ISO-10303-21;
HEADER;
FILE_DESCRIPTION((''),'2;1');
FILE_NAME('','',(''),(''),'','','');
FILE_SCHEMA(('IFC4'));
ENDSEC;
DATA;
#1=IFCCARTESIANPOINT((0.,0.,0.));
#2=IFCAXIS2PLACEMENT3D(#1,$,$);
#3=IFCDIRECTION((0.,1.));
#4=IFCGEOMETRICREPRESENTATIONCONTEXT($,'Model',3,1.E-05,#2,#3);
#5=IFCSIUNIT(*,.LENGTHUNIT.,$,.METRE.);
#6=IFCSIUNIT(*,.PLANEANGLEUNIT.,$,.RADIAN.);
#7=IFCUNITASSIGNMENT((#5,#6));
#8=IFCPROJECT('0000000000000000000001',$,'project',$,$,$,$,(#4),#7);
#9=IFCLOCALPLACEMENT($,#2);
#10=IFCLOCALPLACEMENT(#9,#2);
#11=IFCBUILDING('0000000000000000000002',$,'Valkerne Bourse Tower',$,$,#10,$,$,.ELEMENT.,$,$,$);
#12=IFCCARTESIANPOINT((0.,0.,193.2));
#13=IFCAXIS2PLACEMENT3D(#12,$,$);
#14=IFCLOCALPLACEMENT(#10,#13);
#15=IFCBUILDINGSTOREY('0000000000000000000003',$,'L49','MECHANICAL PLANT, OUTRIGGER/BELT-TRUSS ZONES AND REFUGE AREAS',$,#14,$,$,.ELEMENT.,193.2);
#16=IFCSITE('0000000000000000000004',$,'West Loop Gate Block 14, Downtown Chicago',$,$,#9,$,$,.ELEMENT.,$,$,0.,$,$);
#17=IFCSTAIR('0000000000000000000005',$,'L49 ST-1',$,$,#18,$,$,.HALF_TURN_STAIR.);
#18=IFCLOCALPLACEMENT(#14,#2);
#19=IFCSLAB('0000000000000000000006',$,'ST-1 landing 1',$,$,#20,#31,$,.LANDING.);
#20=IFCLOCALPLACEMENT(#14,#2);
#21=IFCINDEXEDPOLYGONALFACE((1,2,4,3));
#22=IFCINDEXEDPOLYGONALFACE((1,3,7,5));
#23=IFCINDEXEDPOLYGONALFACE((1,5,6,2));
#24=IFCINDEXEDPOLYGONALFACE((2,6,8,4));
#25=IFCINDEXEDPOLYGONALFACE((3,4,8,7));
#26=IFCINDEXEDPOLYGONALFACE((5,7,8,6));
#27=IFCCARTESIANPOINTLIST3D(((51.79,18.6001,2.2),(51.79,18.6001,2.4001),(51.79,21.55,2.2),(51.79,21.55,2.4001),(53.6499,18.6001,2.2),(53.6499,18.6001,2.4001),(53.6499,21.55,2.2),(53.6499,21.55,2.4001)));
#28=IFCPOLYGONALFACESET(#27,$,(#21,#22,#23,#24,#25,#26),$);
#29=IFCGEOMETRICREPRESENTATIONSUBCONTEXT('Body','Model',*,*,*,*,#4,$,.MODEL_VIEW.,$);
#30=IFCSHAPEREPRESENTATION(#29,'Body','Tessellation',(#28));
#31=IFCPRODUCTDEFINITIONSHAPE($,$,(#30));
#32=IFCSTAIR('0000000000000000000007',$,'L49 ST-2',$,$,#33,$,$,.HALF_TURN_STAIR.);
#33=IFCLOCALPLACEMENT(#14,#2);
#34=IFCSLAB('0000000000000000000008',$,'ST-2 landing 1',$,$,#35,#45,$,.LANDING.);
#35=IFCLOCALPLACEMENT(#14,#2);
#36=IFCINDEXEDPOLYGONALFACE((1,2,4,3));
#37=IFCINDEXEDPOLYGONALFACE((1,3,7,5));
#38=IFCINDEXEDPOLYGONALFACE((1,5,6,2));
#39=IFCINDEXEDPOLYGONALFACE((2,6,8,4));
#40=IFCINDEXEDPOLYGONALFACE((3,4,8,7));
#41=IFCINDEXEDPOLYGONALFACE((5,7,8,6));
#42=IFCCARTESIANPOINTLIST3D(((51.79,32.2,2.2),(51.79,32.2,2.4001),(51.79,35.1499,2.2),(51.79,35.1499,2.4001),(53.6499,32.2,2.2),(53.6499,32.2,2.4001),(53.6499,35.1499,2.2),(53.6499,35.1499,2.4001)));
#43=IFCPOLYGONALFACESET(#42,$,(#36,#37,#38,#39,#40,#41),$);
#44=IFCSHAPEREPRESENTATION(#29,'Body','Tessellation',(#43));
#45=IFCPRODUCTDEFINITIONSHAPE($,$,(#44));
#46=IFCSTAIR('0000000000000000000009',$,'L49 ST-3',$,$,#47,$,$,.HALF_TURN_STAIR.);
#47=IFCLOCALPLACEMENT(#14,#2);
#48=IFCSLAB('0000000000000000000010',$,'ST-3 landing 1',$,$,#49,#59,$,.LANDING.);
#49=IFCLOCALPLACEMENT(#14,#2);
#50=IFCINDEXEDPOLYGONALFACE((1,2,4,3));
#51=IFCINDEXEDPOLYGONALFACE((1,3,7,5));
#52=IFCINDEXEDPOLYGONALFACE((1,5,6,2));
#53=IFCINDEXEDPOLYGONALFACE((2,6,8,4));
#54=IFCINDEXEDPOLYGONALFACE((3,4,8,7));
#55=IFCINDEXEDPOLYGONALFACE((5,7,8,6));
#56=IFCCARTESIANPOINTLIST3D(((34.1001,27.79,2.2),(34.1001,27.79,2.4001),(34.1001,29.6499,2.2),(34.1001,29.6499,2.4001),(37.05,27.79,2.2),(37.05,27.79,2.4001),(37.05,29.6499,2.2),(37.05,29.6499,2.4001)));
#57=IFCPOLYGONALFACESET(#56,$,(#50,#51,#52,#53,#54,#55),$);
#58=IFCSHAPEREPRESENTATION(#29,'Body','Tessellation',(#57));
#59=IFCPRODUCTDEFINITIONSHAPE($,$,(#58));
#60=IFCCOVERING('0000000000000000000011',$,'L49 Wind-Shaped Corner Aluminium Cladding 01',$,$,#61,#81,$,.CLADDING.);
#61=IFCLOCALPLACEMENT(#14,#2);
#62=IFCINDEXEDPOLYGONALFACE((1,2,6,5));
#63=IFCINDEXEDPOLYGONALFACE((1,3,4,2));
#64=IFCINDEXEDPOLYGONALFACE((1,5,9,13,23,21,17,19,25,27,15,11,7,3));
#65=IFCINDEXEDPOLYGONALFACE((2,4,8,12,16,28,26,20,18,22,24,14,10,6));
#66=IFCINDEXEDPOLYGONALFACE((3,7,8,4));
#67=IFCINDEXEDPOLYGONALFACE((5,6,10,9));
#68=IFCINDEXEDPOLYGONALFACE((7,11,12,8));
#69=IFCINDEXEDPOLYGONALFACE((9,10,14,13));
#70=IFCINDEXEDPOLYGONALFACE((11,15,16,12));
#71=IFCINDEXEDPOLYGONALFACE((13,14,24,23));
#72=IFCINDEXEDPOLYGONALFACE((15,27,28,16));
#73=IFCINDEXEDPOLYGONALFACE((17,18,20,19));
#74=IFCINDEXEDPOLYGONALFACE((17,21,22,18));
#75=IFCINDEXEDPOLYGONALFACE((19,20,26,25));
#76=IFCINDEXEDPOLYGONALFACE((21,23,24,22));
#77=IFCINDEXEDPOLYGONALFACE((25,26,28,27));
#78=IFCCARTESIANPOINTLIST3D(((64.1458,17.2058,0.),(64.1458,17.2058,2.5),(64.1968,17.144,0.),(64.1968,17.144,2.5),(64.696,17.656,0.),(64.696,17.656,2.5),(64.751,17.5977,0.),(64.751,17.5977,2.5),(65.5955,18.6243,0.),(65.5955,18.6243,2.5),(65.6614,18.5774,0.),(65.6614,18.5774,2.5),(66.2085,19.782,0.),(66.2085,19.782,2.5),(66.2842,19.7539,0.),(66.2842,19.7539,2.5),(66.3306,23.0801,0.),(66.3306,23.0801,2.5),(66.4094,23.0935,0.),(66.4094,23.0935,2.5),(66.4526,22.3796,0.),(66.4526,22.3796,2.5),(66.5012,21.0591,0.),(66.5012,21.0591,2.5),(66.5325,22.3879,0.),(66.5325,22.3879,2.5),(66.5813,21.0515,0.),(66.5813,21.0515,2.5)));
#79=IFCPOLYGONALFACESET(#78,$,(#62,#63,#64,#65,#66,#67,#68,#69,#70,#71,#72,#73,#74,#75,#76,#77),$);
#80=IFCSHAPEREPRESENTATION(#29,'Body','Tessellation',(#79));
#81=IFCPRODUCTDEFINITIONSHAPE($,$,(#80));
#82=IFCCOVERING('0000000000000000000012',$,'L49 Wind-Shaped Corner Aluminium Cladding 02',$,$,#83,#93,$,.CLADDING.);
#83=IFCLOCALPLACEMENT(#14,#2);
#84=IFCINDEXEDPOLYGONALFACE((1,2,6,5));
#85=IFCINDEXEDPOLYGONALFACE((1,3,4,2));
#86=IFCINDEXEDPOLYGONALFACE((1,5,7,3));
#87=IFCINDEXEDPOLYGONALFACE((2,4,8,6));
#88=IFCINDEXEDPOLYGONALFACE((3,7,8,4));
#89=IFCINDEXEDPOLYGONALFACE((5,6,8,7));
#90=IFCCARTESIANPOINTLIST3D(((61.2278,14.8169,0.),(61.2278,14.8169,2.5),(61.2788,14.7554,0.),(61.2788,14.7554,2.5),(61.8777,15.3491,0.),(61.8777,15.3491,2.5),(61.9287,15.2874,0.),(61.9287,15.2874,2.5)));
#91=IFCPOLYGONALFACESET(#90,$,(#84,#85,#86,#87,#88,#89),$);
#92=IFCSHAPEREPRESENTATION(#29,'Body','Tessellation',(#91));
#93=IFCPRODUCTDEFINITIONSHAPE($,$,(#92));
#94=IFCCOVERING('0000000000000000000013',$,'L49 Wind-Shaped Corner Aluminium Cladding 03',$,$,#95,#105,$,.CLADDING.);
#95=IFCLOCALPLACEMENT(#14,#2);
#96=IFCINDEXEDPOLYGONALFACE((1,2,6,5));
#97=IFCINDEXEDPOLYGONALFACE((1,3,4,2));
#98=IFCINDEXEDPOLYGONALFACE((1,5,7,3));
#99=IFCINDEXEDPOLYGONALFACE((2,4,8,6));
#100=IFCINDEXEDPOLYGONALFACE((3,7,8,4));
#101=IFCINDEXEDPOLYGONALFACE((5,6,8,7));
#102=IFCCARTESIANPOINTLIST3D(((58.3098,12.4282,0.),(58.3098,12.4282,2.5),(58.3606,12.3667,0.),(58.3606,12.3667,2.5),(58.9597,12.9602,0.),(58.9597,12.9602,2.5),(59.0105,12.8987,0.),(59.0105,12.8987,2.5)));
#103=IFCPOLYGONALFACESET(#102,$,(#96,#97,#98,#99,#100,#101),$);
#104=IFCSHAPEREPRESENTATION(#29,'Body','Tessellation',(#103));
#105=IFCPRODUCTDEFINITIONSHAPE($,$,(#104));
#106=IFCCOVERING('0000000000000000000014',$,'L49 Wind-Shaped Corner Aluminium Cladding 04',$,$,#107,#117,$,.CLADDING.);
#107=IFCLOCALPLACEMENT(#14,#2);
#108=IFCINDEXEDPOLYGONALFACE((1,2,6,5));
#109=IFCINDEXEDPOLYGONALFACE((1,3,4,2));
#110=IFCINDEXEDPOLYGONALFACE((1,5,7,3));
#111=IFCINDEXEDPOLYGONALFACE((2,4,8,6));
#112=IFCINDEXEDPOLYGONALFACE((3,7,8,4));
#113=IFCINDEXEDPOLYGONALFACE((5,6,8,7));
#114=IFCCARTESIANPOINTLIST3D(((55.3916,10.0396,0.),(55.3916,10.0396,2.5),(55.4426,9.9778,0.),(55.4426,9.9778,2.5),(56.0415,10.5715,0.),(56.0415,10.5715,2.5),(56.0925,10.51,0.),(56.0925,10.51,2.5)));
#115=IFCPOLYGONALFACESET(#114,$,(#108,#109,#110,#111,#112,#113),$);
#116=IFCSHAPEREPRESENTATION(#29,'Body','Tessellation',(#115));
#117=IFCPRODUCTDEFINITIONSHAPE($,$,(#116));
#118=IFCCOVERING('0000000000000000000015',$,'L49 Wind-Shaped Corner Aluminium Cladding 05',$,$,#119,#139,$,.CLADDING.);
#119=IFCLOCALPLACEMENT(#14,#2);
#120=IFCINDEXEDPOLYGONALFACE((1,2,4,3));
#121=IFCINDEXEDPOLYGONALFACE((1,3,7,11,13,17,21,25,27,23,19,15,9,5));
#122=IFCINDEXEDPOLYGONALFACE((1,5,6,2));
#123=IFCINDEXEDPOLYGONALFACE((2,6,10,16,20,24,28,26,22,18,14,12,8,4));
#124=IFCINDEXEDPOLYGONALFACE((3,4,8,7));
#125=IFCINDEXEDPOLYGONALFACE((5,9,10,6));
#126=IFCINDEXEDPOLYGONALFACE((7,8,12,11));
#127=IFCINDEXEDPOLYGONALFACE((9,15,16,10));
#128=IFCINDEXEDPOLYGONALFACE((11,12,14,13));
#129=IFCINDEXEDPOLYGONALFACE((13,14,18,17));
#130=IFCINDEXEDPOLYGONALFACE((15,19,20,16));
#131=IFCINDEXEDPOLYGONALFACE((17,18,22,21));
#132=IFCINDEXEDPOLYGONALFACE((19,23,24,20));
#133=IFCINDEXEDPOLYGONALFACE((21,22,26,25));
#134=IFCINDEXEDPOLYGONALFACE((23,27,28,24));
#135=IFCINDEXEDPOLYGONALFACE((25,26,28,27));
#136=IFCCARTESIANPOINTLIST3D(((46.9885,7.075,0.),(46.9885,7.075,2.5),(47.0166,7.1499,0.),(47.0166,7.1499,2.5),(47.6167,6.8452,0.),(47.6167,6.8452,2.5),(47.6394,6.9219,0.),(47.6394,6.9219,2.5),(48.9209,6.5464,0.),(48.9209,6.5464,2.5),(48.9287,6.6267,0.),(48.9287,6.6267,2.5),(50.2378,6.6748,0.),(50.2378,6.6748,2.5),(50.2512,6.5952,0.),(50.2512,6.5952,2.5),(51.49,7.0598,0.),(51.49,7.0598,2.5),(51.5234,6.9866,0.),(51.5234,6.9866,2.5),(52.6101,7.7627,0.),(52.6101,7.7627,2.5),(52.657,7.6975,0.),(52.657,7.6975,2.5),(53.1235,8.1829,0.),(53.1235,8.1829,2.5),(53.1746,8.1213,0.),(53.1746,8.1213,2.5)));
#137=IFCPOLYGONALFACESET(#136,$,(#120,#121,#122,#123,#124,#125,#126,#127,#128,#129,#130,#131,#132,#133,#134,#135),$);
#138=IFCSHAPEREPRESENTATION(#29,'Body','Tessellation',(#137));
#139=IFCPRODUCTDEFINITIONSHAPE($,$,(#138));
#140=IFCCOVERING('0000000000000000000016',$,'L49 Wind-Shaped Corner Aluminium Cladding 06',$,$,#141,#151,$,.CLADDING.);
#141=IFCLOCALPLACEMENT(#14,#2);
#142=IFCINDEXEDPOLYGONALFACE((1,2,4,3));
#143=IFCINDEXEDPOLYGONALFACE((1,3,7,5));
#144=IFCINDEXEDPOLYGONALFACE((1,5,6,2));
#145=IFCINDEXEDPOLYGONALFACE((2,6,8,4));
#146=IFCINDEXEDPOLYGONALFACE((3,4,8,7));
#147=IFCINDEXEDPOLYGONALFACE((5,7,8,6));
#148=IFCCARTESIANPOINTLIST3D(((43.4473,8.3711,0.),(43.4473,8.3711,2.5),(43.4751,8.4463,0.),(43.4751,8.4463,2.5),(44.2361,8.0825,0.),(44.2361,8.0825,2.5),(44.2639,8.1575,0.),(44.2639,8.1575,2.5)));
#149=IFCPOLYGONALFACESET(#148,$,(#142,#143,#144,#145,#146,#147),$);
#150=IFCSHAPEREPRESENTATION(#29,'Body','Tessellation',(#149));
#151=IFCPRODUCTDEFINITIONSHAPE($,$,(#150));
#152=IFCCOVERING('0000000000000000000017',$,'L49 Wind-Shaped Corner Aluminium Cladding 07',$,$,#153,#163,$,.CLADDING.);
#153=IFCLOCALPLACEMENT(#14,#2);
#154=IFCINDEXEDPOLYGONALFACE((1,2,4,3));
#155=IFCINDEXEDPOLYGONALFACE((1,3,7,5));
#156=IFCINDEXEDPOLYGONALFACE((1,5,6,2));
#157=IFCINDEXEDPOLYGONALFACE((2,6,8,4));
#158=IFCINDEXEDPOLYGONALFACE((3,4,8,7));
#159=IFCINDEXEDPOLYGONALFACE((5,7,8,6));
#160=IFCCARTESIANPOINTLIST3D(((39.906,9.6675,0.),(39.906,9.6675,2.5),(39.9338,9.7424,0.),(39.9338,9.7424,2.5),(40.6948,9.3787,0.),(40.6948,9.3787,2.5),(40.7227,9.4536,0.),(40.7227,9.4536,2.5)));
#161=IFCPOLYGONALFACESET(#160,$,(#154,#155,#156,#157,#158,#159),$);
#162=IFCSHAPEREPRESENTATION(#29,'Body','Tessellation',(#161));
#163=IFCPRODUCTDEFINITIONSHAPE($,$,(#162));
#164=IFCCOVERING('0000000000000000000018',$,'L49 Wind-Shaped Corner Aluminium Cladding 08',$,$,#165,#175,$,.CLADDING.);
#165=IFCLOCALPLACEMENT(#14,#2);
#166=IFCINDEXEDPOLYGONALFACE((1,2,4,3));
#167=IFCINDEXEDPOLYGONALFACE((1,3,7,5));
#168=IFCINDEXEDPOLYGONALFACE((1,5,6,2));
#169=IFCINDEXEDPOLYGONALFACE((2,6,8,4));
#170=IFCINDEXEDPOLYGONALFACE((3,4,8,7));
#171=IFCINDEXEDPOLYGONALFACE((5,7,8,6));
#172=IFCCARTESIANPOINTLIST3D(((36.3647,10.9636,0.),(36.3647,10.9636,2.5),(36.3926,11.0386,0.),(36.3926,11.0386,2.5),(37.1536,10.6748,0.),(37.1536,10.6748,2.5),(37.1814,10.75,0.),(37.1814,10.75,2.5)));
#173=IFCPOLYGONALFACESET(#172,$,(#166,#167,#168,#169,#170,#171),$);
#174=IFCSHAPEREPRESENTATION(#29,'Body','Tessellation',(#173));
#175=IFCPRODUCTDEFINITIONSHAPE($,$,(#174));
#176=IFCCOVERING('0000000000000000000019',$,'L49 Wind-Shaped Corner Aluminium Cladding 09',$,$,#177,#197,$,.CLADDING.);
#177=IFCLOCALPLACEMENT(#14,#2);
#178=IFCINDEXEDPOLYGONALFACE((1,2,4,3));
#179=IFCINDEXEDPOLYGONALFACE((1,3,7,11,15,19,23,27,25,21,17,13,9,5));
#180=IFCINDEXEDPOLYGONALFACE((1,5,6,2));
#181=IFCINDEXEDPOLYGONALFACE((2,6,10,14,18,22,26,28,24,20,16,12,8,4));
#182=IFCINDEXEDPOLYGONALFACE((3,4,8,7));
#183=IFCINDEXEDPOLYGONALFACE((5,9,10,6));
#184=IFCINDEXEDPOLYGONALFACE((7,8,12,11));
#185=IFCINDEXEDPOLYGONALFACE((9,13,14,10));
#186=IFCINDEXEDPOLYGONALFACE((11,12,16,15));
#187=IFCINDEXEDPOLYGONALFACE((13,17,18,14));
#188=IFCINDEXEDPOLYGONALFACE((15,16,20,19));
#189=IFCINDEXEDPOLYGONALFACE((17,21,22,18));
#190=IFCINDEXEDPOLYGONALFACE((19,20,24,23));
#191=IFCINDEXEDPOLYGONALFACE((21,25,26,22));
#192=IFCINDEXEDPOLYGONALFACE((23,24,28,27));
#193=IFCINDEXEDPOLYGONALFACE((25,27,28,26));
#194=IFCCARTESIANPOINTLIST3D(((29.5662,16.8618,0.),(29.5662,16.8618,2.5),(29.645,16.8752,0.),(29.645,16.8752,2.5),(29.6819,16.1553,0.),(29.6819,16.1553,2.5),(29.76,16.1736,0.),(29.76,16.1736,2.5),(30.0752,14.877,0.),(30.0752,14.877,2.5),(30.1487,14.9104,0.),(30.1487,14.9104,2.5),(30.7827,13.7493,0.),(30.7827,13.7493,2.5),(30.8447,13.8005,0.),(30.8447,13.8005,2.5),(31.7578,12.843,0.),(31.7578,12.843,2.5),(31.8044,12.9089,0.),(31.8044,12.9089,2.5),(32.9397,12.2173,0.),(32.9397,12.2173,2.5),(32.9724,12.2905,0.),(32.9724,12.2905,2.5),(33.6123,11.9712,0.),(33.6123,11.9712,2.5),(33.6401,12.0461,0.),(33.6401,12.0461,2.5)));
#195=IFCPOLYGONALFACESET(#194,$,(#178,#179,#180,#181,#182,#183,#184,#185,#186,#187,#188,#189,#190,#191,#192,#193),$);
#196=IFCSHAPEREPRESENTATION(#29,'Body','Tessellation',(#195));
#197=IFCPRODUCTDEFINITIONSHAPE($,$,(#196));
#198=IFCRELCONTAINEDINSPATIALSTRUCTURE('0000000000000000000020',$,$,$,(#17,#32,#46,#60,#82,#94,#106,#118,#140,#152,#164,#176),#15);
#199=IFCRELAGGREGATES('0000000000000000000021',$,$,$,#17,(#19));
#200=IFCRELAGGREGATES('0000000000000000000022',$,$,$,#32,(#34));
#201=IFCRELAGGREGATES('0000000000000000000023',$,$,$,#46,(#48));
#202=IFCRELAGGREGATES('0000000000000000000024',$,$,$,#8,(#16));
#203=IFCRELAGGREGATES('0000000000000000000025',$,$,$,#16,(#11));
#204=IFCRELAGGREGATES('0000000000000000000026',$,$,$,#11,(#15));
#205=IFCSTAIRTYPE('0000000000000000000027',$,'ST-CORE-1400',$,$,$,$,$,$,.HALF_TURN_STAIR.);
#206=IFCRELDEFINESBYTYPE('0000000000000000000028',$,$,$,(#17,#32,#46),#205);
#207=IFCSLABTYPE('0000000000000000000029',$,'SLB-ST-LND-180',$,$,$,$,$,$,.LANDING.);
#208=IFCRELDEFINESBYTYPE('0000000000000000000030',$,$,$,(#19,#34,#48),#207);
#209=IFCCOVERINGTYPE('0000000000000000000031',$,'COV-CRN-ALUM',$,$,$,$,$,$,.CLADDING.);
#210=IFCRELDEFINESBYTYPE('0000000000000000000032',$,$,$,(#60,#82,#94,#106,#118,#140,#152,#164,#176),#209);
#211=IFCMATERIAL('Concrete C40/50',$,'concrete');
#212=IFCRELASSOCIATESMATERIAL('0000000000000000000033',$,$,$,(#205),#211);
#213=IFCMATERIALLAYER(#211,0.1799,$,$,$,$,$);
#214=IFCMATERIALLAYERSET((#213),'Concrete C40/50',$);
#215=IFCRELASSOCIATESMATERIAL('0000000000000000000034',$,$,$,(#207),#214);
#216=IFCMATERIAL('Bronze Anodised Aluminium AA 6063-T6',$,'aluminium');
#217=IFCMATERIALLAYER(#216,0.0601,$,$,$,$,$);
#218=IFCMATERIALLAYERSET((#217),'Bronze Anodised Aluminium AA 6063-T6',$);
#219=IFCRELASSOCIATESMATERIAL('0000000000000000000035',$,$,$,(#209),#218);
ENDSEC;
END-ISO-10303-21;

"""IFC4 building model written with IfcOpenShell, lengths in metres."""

from ifc_helpers import new_model, si_unit, direction, frame, origin, place, context, subcontext, project, spatial, polyline, outline, extrude, material, layer, layer_set, type_object, element, aggregate, save


model = new_model("IFC4")

# Units and contexts
model_context = context("Model", 3, precision=1e-05, world=origin(), true_north=direction((0.0, 1.0)))
body_context = subcontext(model_context, "Body", "Model", "MODEL_VIEW")
ifc_project = project(units=[si_unit("LENGTHUNIT", "METRE"), si_unit("PLANEANGLEUNIT", "RADIAN")], contexts=[model_context])

# Site, building, storey
site_placement = place(None, origin())
site = spatial("IfcSite", under=ifc_project, at=site_placement, Name="West Loop Gate Block 14, Downtown Chicago", CompositionType="ELEMENT", RefElevation=0.0)
building_placement = place(site_placement, origin())
building = spatial("IfcBuilding", under=site, at=building_placement, Name="Valkerne Bourse Tower", CompositionType="ELEMENT")
storey_placement = place(building_placement, frame((0.0, 0.0, 193.2)))
storey = spatial("IfcBuildingStorey", under=building, at=storey_placement, Name="L49", Description="MECHANICAL PLANT, OUTRIGGER/BELT-TRUSS ZONES AND REFUGE AREAS", CompositionType="ELEMENT", Elevation=193.2)

# Shared definitions
ifc_material_1 = material(Name="Concrete C40/50", Category="concrete")

# Stairs, slabs
stair_type = type_object("IfcStairType", Name="ST-CORE-1400", PredefinedType="HALF_TURN_STAIR", material=ifc_material_1)
stair_1_placement = place(storey_placement, origin())
stair_1 = element("IfcStair", 1, at=stair_1_placement, inside=storey, type_object=stair_type, Name="L49 ST-1", PredefinedType="HALF_TURN_STAIR")
ifc_layer_1 = layer(ifc_material_1, 0.1799)
ifc_layer_set_1 = layer_set([ifc_layer_1], Name="Concrete C40/50")
slab_type_1 = type_object("IfcSlabType", Name="SLB-ST-LND-180", PredefinedType="LANDING", material=ifc_layer_set_1)
slab_1_placement = place(storey_placement, frame((0.0, 0.0, 2.2)))
slab_1 = element("IfcSlab", 2, at=slab_1_placement, type_object=slab_type_1, Name="ST-1 landing 1", PredefinedType="LANDING", context=body_context, shape_type="SweptSolid", body=[
    extrude(outline(polyline([(51.79, 18.6001), (53.6499, 18.6001), (53.6499, 21.55), (51.79, 21.55), (51.79, 18.6001)])), origin(), (0.0, 0.0, 1.0), 0.2002),
])
aggregate(stair_1, [slab_1])
stair_2_placement = place(storey_placement, origin())
stair_2 = element("IfcStair", 3, at=stair_2_placement, inside=storey, type_object=stair_type, Name="L49 ST-2", PredefinedType="HALF_TURN_STAIR")
slab_2_placement = place(storey_placement, frame((0.0, 0.0, 2.2)))
slab_2 = element("IfcSlab", 4, at=slab_2_placement, type_object=slab_type_1, Name="ST-2 landing 1", PredefinedType="LANDING", context=body_context, shape_type="SweptSolid", body=[
    extrude(outline(polyline([(51.79, 32.2), (53.6499, 32.2), (53.6499, 35.1499), (51.79, 35.1499), (51.79, 32.2)])), origin(), (0.0, 0.0, 1.0), 0.2002),
])
aggregate(stair_2, [slab_2])
stair_3_placement = place(storey_placement, origin())
stair_3 = element("IfcStair", 5, at=stair_3_placement, inside=storey, type_object=stair_type, Name="L49 ST-3", PredefinedType="HALF_TURN_STAIR")
slab_3_placement = place(storey_placement, frame((0.0, 0.0, 2.2)))
slab_3 = element("IfcSlab", 6, at=slab_3_placement, type_object=slab_type_1, Name="ST-3 landing 1", PredefinedType="LANDING", context=body_context, shape_type="SweptSolid", body=[
    extrude(outline(polyline([(37.05, 27.79), (37.05, 29.6499), (34.1001, 29.6499), (34.1001, 27.79), (37.05, 27.79)])), origin(), (0.0, 0.0, 1.0), 0.2002),
])
aggregate(stair_3, [slab_3])

# Coverings
ifc_material_2 = material(Name="Bronze Anodised Aluminium AA 6063-T6", Category="aluminium")
ifc_layer_2 = layer(ifc_material_2, 0.0601)
ifc_layer_set_2 = layer_set([ifc_layer_2], Name="Bronze Anodised Aluminium AA 6063-T6")
covering_type_1 = type_object("IfcCoveringType", Name="COV-CRN-ALUM", PredefinedType="CLADDING", material=ifc_layer_set_2)
covering_1_placement = place(storey_placement, origin())
element("IfcCovering", 7, at=covering_1_placement, inside=storey, type_object=covering_type_1, Name="L49 Wind-Shaped Corner Aluminium Cladding 01", PredefinedType="CLADDING", context=body_context, shape_type="SweptSolid", body=[
    extrude(outline(polyline([(66.5813, 21.0515), (66.2842, 19.7539), (65.6614, 18.5774), (64.751, 17.5977), (64.1968, 17.144), (64.1458, 17.2058), (64.696, 17.656), (65.5955, 18.6243), (66.2085, 19.782), (66.5012, 21.0591), (66.4526, 22.3796), (66.3306, 23.0801), (66.4094, 23.0935), (66.5325, 22.3879), (66.5813, 21.0515)])), origin(), (0.0, 0.0, 1.0), 2.5),
])
covering_2_placement = place(storey_placement, origin())
element("IfcCovering", 8, at=covering_2_placement, inside=storey, type_object=covering_type_1, Name="L49 Wind-Shaped Corner Aluminium Cladding 02", PredefinedType="CLADDING", context=body_context, shape_type="SweptSolid", body=[
    extrude(outline(polyline([(61.2788, 14.7554), (61.2278, 14.8169), (61.8777, 15.3491), (61.9287, 15.2874), (61.2788, 14.7554)])), origin(), (0.0, 0.0, 1.0), 2.5),
])
covering_3_placement = place(storey_placement, origin())
element("IfcCovering", 9, at=covering_3_placement, inside=storey, type_object=covering_type_1, Name="L49 Wind-Shaped Corner Aluminium Cladding 03", PredefinedType="CLADDING", context=body_context, shape_type="SweptSolid", body=[
    extrude(outline(polyline([(58.3606, 12.3667), (58.3098, 12.4282), (58.9597, 12.9602), (59.0105, 12.8987), (58.3606, 12.3667)])), origin(), (0.0, 0.0, 1.0), 2.5),
])
covering_4_placement = place(storey_placement, origin())
element("IfcCovering", 10, at=covering_4_placement, inside=storey, type_object=covering_type_1, Name="L49 Wind-Shaped Corner Aluminium Cladding 04", PredefinedType="CLADDING", context=body_context, shape_type="SweptSolid", body=[
    extrude(outline(polyline([(55.4426, 9.9778), (55.3916, 10.0396), (56.0415, 10.5715), (56.0925, 10.51), (55.4426, 9.9778)])), origin(), (0.0, 0.0, 1.0), 2.5),
])
covering_5_placement = place(storey_placement, origin())
element("IfcCovering", 11, at=covering_5_placement, inside=storey, type_object=covering_type_1, Name="L49 Wind-Shaped Corner Aluminium Cladding 05", PredefinedType="CLADDING", context=body_context, shape_type="SweptSolid", body=[
    extrude(outline(polyline([(52.657, 7.6975), (51.5234, 6.9866), (50.2512, 6.5952), (48.9209, 6.5464), (47.6167, 6.8452), (46.9885, 7.075), (47.0166, 7.1499), (47.6394, 6.9219), (48.9287, 6.6267), (50.2378, 6.6748), (51.49, 7.0598), (52.6101, 7.7627), (53.1235, 8.1829), (53.1746, 8.1213), (52.657, 7.6975)])), origin(), (0.0, 0.0, 1.0), 2.5),
])
covering_6_placement = place(storey_placement, origin())
element("IfcCovering", 12, at=covering_6_placement, inside=storey, type_object=covering_type_1, Name="L49 Wind-Shaped Corner Aluminium Cladding 06", PredefinedType="CLADDING", context=body_context, shape_type="SweptSolid", body=[
    extrude(outline(polyline([(43.4473, 8.3711), (43.4751, 8.4463), (44.2639, 8.1575), (44.2361, 8.0825), (43.4473, 8.3711)])), origin(), (0.0, 0.0, 1.0), 2.5),
])
covering_7_placement = place(storey_placement, origin())
element("IfcCovering", 13, at=covering_7_placement, inside=storey, type_object=covering_type_1, Name="L49 Wind-Shaped Corner Aluminium Cladding 07", PredefinedType="CLADDING", context=body_context, shape_type="SweptSolid", body=[
    extrude(outline(polyline([(39.906, 9.6675), (39.9338, 9.7424), (40.7227, 9.4536), (40.6948, 9.3787), (39.906, 9.6675)])), origin(), (0.0, 0.0, 1.0), 2.5),
])
covering_8_placement = place(storey_placement, origin())
element("IfcCovering", 14, at=covering_8_placement, inside=storey, type_object=covering_type_1, Name="L49 Wind-Shaped Corner Aluminium Cladding 08", PredefinedType="CLADDING", context=body_context, shape_type="SweptSolid", body=[
    extrude(outline(polyline([(36.3647, 10.9636), (36.3926, 11.0386), (37.1814, 10.75), (37.1536, 10.6748), (36.3647, 10.9636)])), origin(), (0.0, 0.0, 1.0), 2.5),
])
covering_9_placement = place(storey_placement, origin())
element("IfcCovering", 15, at=covering_9_placement, inside=storey, type_object=covering_type_1, Name="L49 Wind-Shaped Corner Aluminium Cladding 09", PredefinedType="CLADDING", context=body_context, shape_type="SweptSolid", body=[
    extrude(outline(polyline([(32.9397, 12.2173), (31.7578, 12.843), (30.7827, 13.7493), (30.0752, 14.877), (29.6819, 16.1553), (29.5662, 16.8618), (29.645, 16.8752), (29.76, 16.1736), (30.1487, 14.9104), (30.8447, 13.8005), (31.8044, 12.9089), (32.9724, 12.2905), (33.6401, 12.0461), (33.6123, 11.9712), (32.9397, 12.2173)])), origin(), (0.0, 0.0, 1.0), 2.5),
])

save(model, "model.ifc")
